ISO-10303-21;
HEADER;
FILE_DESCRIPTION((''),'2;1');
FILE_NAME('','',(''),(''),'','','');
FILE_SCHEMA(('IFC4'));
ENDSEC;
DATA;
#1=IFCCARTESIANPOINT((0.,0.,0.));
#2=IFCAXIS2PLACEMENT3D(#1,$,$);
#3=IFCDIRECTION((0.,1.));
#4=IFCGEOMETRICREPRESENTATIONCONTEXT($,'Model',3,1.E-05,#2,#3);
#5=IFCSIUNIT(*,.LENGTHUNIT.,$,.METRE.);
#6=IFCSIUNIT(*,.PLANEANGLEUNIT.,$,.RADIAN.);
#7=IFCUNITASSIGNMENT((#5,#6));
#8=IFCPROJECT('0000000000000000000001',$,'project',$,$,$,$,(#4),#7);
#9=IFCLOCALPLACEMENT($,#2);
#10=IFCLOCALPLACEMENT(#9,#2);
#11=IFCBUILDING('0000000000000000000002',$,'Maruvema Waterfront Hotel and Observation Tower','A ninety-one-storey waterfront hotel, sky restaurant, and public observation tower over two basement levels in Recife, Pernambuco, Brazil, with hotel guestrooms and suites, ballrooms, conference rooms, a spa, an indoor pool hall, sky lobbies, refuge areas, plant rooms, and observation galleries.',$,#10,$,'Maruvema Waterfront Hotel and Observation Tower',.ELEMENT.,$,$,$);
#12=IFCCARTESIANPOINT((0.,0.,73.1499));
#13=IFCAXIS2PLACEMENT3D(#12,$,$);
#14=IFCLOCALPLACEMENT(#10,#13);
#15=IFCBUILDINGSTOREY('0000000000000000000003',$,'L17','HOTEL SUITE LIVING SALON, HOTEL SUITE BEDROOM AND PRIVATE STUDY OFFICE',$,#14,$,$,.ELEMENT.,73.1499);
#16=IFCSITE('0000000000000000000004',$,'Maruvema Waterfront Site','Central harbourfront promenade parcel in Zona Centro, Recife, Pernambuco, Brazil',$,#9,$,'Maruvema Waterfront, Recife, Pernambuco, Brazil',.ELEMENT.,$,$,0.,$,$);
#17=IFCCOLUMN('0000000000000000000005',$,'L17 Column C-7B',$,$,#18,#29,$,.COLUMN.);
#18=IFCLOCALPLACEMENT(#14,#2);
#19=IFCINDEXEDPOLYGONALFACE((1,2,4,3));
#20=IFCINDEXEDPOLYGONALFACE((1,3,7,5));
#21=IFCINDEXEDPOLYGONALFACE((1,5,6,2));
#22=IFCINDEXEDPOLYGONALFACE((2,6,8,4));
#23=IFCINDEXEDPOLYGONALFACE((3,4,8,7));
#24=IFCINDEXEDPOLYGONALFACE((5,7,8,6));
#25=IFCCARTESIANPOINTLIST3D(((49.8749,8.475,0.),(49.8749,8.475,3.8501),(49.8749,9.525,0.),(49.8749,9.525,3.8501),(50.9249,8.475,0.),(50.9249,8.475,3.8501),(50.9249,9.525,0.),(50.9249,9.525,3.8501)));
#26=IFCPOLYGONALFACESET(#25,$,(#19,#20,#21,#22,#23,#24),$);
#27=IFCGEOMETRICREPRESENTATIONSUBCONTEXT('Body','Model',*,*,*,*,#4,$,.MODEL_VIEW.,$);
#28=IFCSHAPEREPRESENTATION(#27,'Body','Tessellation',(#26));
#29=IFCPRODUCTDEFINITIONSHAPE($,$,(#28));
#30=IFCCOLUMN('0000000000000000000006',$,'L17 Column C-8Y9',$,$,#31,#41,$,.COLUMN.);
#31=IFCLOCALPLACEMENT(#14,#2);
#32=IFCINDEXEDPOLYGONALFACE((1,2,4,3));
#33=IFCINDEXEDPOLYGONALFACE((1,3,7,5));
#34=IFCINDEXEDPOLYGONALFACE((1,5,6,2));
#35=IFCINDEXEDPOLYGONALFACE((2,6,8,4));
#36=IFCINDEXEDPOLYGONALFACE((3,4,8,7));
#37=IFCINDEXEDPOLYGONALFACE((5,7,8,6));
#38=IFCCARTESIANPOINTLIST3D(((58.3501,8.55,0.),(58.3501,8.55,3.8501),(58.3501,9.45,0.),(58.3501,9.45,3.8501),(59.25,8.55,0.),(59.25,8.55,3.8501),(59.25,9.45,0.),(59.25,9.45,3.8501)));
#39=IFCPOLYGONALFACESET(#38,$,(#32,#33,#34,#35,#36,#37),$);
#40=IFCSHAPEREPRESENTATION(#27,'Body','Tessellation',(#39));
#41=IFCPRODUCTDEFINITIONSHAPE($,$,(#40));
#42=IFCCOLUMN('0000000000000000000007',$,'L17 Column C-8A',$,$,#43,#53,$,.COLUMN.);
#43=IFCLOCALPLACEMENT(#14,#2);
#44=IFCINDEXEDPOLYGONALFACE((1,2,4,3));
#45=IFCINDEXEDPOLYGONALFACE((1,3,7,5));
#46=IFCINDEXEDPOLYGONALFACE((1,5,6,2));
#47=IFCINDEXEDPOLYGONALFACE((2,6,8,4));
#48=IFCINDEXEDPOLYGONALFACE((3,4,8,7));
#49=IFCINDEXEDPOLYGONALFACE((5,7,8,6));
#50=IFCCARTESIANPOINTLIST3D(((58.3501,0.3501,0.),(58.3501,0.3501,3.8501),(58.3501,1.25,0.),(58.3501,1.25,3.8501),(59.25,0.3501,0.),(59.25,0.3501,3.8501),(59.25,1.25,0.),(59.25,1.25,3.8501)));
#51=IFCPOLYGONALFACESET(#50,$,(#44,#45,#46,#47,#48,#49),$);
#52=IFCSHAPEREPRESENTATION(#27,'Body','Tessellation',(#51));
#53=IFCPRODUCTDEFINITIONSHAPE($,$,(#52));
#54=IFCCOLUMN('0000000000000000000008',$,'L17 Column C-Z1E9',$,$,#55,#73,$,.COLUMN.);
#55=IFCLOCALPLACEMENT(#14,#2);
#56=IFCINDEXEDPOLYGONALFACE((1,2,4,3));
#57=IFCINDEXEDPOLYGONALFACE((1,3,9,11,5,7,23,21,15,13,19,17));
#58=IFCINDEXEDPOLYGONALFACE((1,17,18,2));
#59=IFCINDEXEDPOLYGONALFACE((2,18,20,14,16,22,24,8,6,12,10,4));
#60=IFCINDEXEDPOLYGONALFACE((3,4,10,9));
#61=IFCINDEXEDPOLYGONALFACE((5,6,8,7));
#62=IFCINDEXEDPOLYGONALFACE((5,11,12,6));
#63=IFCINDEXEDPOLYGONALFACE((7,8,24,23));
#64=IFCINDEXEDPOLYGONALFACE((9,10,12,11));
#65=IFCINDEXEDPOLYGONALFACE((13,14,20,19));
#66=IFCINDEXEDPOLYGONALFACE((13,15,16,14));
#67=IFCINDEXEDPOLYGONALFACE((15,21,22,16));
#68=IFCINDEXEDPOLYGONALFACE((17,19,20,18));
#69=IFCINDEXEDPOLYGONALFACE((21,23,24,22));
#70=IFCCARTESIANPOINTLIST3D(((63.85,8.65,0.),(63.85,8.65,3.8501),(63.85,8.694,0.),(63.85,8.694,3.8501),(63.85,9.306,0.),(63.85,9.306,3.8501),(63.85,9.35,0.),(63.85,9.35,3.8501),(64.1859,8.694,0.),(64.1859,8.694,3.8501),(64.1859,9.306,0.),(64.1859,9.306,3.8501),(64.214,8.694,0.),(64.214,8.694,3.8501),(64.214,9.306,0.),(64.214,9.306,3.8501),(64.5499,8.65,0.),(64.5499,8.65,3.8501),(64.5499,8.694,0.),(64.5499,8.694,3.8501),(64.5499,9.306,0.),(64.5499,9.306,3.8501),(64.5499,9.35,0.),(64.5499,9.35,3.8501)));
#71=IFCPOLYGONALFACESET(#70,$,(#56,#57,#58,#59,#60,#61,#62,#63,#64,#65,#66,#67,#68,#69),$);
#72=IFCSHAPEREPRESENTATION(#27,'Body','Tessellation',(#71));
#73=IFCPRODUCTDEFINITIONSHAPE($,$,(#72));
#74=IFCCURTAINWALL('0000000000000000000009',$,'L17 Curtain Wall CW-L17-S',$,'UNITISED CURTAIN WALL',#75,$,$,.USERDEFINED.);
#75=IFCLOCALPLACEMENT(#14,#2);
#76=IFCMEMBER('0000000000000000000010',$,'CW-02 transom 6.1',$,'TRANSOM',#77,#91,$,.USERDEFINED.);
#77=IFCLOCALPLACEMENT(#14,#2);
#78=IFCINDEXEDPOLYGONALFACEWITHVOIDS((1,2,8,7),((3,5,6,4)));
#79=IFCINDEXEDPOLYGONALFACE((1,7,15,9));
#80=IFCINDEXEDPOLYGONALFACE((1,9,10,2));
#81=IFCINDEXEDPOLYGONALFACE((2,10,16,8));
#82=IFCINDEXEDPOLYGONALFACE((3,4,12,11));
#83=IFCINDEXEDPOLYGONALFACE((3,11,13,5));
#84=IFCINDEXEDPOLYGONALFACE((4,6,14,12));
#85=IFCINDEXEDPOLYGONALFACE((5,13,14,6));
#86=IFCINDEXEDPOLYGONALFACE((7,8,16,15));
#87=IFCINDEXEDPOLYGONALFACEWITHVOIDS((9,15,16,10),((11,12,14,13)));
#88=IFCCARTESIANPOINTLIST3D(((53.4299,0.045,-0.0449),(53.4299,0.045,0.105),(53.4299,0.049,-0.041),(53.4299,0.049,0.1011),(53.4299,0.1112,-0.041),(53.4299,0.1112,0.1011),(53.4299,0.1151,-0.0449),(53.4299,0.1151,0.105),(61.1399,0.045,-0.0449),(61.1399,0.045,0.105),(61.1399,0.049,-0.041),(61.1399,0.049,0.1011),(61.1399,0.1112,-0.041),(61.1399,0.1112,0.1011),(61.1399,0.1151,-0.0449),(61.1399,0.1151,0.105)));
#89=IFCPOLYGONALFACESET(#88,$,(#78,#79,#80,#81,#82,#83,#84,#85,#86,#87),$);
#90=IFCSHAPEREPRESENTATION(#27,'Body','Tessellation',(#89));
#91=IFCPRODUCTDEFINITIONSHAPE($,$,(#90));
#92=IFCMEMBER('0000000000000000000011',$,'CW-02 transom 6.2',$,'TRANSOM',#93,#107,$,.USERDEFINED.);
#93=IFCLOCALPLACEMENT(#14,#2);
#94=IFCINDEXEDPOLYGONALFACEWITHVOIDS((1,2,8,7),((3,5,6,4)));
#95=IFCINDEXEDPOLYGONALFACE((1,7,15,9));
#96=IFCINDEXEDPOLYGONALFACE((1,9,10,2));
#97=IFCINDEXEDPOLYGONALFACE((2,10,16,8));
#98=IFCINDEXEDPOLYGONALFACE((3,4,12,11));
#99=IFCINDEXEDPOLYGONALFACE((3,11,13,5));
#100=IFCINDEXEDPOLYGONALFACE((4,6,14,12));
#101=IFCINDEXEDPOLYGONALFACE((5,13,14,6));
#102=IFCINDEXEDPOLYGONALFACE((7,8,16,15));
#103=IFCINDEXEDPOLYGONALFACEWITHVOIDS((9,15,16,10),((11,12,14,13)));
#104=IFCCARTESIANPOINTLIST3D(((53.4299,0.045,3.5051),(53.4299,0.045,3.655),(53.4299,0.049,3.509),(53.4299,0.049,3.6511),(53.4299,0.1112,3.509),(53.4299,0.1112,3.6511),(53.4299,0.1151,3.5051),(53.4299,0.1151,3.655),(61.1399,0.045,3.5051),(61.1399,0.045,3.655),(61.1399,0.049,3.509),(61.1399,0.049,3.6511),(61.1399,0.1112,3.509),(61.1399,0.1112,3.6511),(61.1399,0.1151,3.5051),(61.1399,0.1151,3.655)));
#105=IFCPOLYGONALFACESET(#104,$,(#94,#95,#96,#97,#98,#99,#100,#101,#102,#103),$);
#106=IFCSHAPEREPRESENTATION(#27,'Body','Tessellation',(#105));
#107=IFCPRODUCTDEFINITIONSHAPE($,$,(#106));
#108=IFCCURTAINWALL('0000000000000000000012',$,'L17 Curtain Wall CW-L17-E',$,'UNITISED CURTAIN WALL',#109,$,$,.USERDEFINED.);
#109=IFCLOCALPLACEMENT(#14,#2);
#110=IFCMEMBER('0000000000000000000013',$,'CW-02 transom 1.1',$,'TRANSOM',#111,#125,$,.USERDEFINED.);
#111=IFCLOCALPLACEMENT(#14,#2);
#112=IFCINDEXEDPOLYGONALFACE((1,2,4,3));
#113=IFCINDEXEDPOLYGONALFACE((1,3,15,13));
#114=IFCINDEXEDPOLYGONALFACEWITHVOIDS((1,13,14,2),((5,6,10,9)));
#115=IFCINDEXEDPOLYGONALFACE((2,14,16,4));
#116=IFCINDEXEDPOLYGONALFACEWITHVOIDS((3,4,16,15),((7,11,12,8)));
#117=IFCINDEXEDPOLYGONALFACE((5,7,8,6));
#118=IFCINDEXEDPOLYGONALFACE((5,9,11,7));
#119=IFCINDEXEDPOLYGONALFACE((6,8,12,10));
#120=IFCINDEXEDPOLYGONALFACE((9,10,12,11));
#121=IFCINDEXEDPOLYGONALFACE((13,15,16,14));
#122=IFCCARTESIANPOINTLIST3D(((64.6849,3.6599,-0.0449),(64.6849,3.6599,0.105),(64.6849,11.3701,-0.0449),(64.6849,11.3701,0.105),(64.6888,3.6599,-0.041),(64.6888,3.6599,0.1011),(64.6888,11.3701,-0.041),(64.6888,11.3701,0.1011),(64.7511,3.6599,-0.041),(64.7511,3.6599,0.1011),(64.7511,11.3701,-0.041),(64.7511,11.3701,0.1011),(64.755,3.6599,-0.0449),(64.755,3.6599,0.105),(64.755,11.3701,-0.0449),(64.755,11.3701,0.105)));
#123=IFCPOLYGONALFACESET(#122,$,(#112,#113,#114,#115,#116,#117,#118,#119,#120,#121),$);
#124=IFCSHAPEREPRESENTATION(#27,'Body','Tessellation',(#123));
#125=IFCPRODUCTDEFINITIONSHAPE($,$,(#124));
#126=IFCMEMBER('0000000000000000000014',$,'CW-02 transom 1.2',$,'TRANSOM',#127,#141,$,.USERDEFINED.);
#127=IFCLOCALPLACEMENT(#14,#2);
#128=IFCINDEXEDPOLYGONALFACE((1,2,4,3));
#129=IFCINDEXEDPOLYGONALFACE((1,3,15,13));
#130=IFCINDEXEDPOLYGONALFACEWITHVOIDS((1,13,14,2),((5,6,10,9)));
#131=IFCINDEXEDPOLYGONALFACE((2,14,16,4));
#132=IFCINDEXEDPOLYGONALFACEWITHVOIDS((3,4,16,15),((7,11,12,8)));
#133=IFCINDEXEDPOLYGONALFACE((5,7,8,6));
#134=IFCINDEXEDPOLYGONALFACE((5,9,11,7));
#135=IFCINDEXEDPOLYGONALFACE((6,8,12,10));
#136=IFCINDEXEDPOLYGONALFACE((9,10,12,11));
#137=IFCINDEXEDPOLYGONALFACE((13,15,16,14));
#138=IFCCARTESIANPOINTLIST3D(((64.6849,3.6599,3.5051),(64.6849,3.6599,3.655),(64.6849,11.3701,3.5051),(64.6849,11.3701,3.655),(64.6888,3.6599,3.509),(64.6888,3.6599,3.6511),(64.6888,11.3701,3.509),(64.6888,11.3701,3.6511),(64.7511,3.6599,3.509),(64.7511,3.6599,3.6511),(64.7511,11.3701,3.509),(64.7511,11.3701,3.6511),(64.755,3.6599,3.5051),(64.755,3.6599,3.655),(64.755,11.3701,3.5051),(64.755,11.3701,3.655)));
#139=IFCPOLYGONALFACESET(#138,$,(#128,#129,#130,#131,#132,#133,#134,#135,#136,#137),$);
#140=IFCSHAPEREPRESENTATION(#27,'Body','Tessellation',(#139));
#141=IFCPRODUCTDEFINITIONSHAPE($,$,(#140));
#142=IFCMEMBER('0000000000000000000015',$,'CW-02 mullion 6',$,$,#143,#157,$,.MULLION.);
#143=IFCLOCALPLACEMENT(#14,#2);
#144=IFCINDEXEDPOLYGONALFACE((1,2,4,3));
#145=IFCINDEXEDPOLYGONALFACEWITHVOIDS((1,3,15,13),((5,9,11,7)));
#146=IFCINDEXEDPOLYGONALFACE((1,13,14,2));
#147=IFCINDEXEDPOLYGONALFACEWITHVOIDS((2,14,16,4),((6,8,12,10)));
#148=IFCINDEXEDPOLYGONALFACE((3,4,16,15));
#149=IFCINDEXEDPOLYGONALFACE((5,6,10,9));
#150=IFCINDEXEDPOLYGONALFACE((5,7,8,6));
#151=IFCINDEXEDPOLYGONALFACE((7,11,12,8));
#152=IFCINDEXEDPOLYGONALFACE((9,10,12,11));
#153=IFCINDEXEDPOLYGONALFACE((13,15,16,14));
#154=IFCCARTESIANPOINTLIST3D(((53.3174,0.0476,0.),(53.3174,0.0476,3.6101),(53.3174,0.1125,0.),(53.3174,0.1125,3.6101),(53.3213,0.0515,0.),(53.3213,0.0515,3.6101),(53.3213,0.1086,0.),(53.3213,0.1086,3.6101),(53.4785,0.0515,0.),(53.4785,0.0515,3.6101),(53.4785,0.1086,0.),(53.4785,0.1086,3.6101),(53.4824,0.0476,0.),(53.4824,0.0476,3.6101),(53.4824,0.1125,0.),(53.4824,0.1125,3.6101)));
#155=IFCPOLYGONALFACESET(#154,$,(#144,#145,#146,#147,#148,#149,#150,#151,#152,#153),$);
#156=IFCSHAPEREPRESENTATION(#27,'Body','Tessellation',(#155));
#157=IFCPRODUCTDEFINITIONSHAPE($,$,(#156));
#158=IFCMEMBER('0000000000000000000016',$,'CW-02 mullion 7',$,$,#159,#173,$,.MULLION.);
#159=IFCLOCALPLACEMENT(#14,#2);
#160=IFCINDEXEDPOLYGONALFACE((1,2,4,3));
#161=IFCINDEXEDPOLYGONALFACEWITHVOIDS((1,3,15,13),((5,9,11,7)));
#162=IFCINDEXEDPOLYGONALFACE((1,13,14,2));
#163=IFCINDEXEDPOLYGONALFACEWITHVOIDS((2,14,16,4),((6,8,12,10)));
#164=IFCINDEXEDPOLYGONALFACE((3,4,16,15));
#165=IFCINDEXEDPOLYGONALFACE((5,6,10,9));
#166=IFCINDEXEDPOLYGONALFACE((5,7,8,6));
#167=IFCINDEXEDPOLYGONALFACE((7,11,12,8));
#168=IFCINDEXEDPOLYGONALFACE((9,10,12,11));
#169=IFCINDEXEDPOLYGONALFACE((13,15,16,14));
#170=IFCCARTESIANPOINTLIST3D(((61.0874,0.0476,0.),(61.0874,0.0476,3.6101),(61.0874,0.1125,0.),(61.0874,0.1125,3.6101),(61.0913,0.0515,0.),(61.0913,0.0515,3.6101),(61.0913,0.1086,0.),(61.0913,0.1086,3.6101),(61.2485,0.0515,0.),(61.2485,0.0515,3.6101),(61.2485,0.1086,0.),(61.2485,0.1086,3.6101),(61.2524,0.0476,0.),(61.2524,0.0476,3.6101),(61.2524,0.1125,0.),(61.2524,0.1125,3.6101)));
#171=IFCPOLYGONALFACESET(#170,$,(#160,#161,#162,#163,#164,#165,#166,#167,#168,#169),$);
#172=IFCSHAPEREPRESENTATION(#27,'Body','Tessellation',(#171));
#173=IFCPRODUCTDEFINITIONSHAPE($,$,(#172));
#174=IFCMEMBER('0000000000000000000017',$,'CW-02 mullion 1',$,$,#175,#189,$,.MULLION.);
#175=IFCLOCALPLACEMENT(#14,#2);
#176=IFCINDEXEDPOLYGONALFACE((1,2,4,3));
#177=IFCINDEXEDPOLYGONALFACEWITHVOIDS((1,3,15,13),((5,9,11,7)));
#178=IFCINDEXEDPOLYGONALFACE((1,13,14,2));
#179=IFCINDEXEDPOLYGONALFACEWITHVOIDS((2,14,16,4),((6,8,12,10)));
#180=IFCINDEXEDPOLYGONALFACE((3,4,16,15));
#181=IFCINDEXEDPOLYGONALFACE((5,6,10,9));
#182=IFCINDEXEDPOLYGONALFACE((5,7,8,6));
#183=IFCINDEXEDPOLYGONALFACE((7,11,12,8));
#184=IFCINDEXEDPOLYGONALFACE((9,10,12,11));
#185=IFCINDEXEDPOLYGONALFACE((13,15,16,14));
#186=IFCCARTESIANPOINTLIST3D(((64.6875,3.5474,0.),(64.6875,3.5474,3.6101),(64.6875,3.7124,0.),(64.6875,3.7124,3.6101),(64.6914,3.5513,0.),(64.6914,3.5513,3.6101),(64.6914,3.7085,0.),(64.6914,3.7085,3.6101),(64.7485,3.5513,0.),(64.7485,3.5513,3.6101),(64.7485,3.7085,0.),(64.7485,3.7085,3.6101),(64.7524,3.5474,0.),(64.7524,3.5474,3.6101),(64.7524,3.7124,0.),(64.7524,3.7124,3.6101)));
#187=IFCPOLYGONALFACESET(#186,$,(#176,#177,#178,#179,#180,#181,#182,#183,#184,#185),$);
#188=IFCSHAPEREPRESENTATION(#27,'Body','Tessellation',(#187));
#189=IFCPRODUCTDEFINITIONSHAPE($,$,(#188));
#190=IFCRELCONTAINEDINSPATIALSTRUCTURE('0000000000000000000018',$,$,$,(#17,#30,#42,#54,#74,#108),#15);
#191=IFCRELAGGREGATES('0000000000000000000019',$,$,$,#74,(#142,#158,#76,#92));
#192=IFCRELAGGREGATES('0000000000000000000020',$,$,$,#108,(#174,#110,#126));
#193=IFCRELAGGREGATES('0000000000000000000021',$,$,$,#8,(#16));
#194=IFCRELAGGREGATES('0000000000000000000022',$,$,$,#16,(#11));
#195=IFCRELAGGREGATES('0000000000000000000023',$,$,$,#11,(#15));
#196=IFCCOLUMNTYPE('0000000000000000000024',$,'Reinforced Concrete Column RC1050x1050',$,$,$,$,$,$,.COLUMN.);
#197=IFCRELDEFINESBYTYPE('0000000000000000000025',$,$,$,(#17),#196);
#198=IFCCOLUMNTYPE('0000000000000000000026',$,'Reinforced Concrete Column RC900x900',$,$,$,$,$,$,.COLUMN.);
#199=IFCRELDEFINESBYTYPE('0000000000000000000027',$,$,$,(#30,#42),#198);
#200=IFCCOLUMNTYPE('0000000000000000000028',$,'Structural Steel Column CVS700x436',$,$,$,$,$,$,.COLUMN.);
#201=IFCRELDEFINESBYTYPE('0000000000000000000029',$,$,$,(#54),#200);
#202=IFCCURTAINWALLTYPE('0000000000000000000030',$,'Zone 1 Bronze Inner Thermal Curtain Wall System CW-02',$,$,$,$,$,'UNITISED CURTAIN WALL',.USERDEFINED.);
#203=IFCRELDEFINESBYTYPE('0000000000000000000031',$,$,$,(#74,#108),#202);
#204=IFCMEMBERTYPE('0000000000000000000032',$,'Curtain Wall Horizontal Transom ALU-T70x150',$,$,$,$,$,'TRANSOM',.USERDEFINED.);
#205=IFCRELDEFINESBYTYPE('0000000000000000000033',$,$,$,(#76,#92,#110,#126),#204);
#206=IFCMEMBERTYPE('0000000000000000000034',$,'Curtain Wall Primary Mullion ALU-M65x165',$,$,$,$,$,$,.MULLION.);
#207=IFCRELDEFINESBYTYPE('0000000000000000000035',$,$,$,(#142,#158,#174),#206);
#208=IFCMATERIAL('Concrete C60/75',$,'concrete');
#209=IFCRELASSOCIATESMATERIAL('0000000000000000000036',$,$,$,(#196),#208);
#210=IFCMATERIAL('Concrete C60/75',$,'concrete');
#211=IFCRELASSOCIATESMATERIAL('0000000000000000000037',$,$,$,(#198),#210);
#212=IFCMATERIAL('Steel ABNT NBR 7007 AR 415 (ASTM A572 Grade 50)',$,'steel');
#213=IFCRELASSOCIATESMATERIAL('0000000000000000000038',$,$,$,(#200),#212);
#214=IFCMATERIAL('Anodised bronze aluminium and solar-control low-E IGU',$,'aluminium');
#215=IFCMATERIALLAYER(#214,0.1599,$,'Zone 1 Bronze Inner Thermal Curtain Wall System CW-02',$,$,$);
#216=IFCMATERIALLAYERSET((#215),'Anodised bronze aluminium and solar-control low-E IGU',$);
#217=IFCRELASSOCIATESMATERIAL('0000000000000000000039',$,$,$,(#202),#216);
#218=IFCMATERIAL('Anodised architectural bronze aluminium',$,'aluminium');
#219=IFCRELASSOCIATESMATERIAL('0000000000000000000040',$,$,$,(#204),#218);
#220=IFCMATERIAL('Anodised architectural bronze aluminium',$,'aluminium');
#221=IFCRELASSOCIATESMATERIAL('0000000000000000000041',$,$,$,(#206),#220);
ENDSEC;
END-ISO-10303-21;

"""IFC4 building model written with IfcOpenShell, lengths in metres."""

from ifc_helpers import new_model, si_unit, direction, frame, origin, origin_2d, place, context, subcontext, project, spatial, rectangle, hollow_rectangle, i_section, extrude, material, layer, layer_set, material_profile, profile_set, type_object, element, aggregate, save


model = new_model("IFC4")

# Units and contexts
model_context = context("Model", 3, precision=1e-05, world=origin(), true_north=direction((0.0, 1.0)))
body_context = subcontext(model_context, "Body", "Model", "MODEL_VIEW")
ifc_project = project(units=[si_unit("LENGTHUNIT", "METRE"), si_unit("PLANEANGLEUNIT", "RADIAN")], contexts=[model_context])

# Site, building, storey
site_placement = place(None, origin())
site = spatial("IfcSite", under=ifc_project, at=site_placement, Name="Maruvema Waterfront Site", Description="Central harbourfront promenade parcel in Zona Centro, Recife, Pernambuco, Brazil", LongName="Maruvema Waterfront, Recife, Pernambuco, Brazil", CompositionType="ELEMENT", RefElevation=0.0)
building_placement = place(site_placement, origin())
building = spatial("IfcBuilding", under=site, at=building_placement, Name="Maruvema Waterfront Hotel and Observation Tower", Description="A ninety-one-storey waterfront hotel, sky restaurant, and public observation tower over two basement levels in Recife, Pernambuco, Brazil, with hotel guestrooms and suites, ballrooms, conference rooms, a spa, an indoor pool hall, sky lobbies, refuge areas, plant rooms, and observation galleries.", LongName="Maruvema Waterfront Hotel and Observation Tower", CompositionType="ELEMENT")
storey_placement = place(building_placement, frame((0.0, 0.0, 73.1499)))
storey = spatial("IfcBuildingStorey", under=building, at=storey_placement, Name="L17", Description="HOTEL SUITE LIVING SALON, HOTEL SUITE BEDROOM AND PRIVATE STUDY OFFICE", CompositionType="ELEMENT", Elevation=73.1499)

# Columns
ifc_material_1 = material(Name="Concrete C60/75", Category="concrete")
ifc_material_profile_1 = material_profile(ifc_material_1, rectangle(XDim=1.05, YDim=1.05, at=origin_2d()), Name="RC1050x1050")
ifc_profile_set_1 = profile_set([ifc_material_profile_1], Name="Concrete C60/75")
column_type_1 = type_object("IfcColumnType", Name="Reinforced Concrete Column RC1050x1050", PredefinedType="COLUMN", material=ifc_profile_set_1)
column_1_placement = place(storey_placement, frame((50.3999, 9.0, 0.0), z_axis=(0.0, 0.0, 1.0), x_axis=(1.0, 0.0, 0.0)))
element("IfcColumn", 1, at=column_1_placement, inside=storey, type_object=column_type_1, Name="L17 Column C-7B", PredefinedType="COLUMN", context=body_context, shape_type="SweptSolid", body=[
    extrude(rectangle(XDim=1.05, YDim=1.05, at=origin_2d()), origin(), (0.0, 0.0, 1.0), 3.8501),
])
ifc_material_2 = material(Name="Concrete C60/75", Category="concrete")
ifc_material_profile_2 = material_profile(ifc_material_2, rectangle(XDim=0.8999, YDim=0.8999, at=origin_2d()), Name="RC900x900")
ifc_profile_set_2 = profile_set([ifc_material_profile_2], Name="Concrete C60/75")
column_type_2 = type_object("IfcColumnType", Name="Reinforced Concrete Column RC900x900", PredefinedType="COLUMN", material=ifc_profile_set_2)
for number, where, z_axis, x_axis, name in (
    (2, (58.8, 9.0, 0.0), (0.0, 0.0, 1.0), (1.0, 0.0, 0.0), "L17 Column C-8Y9"),
    (3, (58.8, 0.8, 0.0), (0.0, 0.0, 1.0), (1.0, 0.0, 0.0), "L17 Column C-8A"),
):
    element("IfcColumn", number, at=place(storey_placement, frame(where, z_axis=z_axis, x_axis=x_axis)), inside=storey, type_object=column_type_2, Name=name, PredefinedType="COLUMN", context=body_context, shape_type="SweptSolid", body=[
        extrude(rectangle(XDim=0.8999, YDim=0.8999, at=origin_2d()), origin(), (0.0, 0.0, 1.0), 3.8501),
    ])
ifc_material_3 = material(Name="Steel ABNT NBR 7007 AR 415 (ASTM A572 Grade 50)", Category="steel")
ifc_material_profile_3 = material_profile(ifc_material_3, i_section(OverallWidth=0.7, OverallDepth=0.7, WebThickness=0.0281, FlangeThickness=0.0439, at=origin_2d()), Name="CVS700x436")
ifc_profile_set_3 = profile_set([ifc_material_profile_3], Name="Steel ABNT NBR 7007 AR 415 (ASTM A572 Grade 50)")
column_type_3 = type_object("IfcColumnType", Name="Structural Steel Column CVS700x436", PredefinedType="COLUMN", material=ifc_profile_set_3)
column_2_placement = place(storey_placement, frame((64.2, 9.0, 0.0), z_axis=(0.0, 0.0, 1.0), x_axis=(1.0, 0.0, 0.0)))
element("IfcColumn", 4, at=column_2_placement, inside=storey, type_object=column_type_3, Name="L17 Column C-Z1E9", PredefinedType="COLUMN", context=body_context, shape_type="SweptSolid", body=[
    extrude(i_section(OverallWidth=0.7, OverallDepth=0.7, WebThickness=0.0281, FlangeThickness=0.0439, at=origin_2d()), origin(), (0.0, 0.0, 1.0), 3.8501),
])

# Curtain walls, members
ifc_material_4 = material(Name="Anodised bronze aluminium and solar-control low-E IGU", Category="aluminium")
ifc_layer_1 = layer(ifc_material_4, 0.1599, Name="Zone 1 Bronze Inner Thermal Curtain Wall System CW-02")
ifc_layer_set_1 = layer_set([ifc_layer_1], Name="Anodised bronze aluminium and solar-control low-E IGU")
curtain_wall_type = type_object("IfcCurtainWallType", Name="Zone 1 Bronze Inner Thermal Curtain Wall System CW-02", ElementType="UNITISED CURTAIN WALL", PredefinedType="USERDEFINED", material=ifc_layer_set_1)
curtain_wall_1_placement = place(storey_placement, origin())
curtain_wall_1 = element("IfcCurtainWall", 5, at=curtain_wall_1_placement, inside=storey, type_object=curtain_wall_type, Name="L17 Curtain Wall CW-L17-S", ObjectType="UNITISED CURTAIN WALL", PredefinedType="USERDEFINED")
ifc_material_5 = material(Name="Anodised architectural bronze aluminium", Category="aluminium")
ifc_material_profile_4 = material_profile(ifc_material_5, hollow_rectangle(XDim=0.0701, YDim=0.1499, WallThickness=0.0039, at=origin_2d()), Name="ALU-T70x150")
ifc_profile_set_4 = profile_set([ifc_material_profile_4], Name="Anodised architectural bronze aluminium")
member_type_1 = type_object("IfcMemberType", Name="Curtain Wall Horizontal Transom ALU-T70x150", ElementType="TRANSOM", PredefinedType="USERDEFINED", material=ifc_profile_set_4)
member_1_placement = place(storey_placement, frame((53.4299, 0.0801, 0.03), z_axis=(1.0, 0.0, 0.0), x_axis=(0.0, 1.0, 0.0)))
member_1 = element("IfcMember", 6, at=member_1_placement, type_object=member_type_1, Name="CW-02 transom 6.1", ObjectType="TRANSOM", PredefinedType="USERDEFINED", context=body_context, shape_type="SweptSolid", body=[
    extrude(hollow_rectangle(XDim=0.0701, YDim=0.1499, WallThickness=0.0039, at=origin_2d()), origin(), (0.0, 0.0, 1.0), 7.71),
])
member_2_placement = place(storey_placement, frame((53.4299, 0.0801, 3.5801), z_axis=(1.0, 0.0, 0.0), x_axis=(0.0, 1.0, 0.0)))
member_2 = element("IfcMember", 7, at=member_2_placement, type_object=member_type_1, Name="CW-02 transom 6.2", ObjectType="TRANSOM", PredefinedType="USERDEFINED", context=body_context, shape_type="SweptSolid", body=[
    extrude(hollow_rectangle(XDim=0.0701, YDim=0.1499, WallThickness=0.0039, at=origin_2d()), origin(), (0.0, 0.0, 1.0), 7.71),
])
curtain_wall_2_placement = place(storey_placement, origin())
curtain_wall_2 = element("IfcCurtainWall", 8, at=curtain_wall_2_placement, inside=storey, type_object=curtain_wall_type, Name="L17 Curtain Wall CW-L17-E", ObjectType="UNITISED CURTAIN WALL", PredefinedType="USERDEFINED")
member_3_placement = place(storey_placement, frame((64.72, 3.6599, 0.03), z_axis=(0.0, 1.0, 0.0), x_axis=(-1.0, 0.0, 0.0)))
member_3 = element("IfcMember", 9, at=member_3_placement, type_object=member_type_1, Name="CW-02 transom 1.1", ObjectType="TRANSOM", PredefinedType="USERDEFINED", context=body_context, shape_type="SweptSolid", body=[
    extrude(hollow_rectangle(XDim=0.0701, YDim=0.1499, WallThickness=0.0039, at=origin_2d()), origin(), (0.0, 0.0, 1.0), 7.7102),
])
member_4_placement = place(storey_placement, frame((64.72, 3.6599, 3.5801), z_axis=(0.0, 1.0, 0.0), x_axis=(-1.0, 0.0, 0.0)))
member_4 = element("IfcMember", 10, at=member_4_placement, type_object=member_type_1, Name="CW-02 transom 1.2", ObjectType="TRANSOM", PredefinedType="USERDEFINED", context=body_context, shape_type="SweptSolid", body=[
    extrude(hollow_rectangle(XDim=0.0701, YDim=0.1499, WallThickness=0.0039, at=origin_2d()), origin(), (0.0, 0.0, 1.0), 7.7102),
])

# Members
ifc_material_6 = material(Name="Anodised architectural bronze aluminium", Category="aluminium")
ifc_material_profile_5 = material_profile(ifc_material_6, hollow_rectangle(XDim=0.0649, YDim=0.165, WallThickness=0.0039, at=origin_2d()), Name="ALU-M65x165")
ifc_profile_set_5 = profile_set([ifc_material_profile_5], Name="Anodised architectural bronze aluminium")
member_type_2 = type_object("IfcMemberType", Name="Curtain Wall Primary Mullion ALU-M65x165", PredefinedType="MULLION", material=ifc_profile_set_5)
member_5_placement = place(storey_placement, frame((53.3999, 0.0801, 0.0), z_axis=(0.0, 0.0, 1.0), x_axis=(0.0, 1.0, 0.0)))
member_5 = element("IfcMember", 11, at=member_5_placement, type_object=member_type_2, Name="CW-02 mullion 6", PredefinedType="MULLION", context=body_context, shape_type="SweptSolid", body=[
    extrude(hollow_rectangle(XDim=0.0649, YDim=0.165, WallThickness=0.0039, at=origin_2d()), origin(), (0.0, 0.0, 1.0), 3.6101),
])
member_6_placement = place(storey_placement, frame((61.1699, 0.0801, 0.0), z_axis=(0.0, 0.0, 1.0), x_axis=(0.0, 1.0, 0.0)))
member_6 = element("IfcMember", 12, at=member_6_placement, type_object=member_type_2, Name="CW-02 mullion 7", PredefinedType="MULLION", context=body_context, shape_type="SweptSolid", body=[
    extrude(hollow_rectangle(XDim=0.0649, YDim=0.165, WallThickness=0.0039, at=origin_2d()), origin(), (0.0, 0.0, 1.0), 3.6101),
])
member_7_placement = place(storey_placement, frame((64.72, 3.6299, 0.0), z_axis=(0.0, 0.0, 1.0), x_axis=(-1.0, 0.0, 0.0)))
member_7 = element("IfcMember", 13, at=member_7_placement, type_object=member_type_2, Name="CW-02 mullion 1", PredefinedType="MULLION", context=body_context, shape_type="SweptSolid", body=[
    extrude(hollow_rectangle(XDim=0.0649, YDim=0.165, WallThickness=0.0039, at=origin_2d()), origin(), (0.0, 0.0, 1.0), 3.6101),
])

aggregate(curtain_wall_1, [member_5, member_6, member_1, member_2])
aggregate(curtain_wall_2, [member_7, member_3, member_4])

save(model, "model.ifc")
